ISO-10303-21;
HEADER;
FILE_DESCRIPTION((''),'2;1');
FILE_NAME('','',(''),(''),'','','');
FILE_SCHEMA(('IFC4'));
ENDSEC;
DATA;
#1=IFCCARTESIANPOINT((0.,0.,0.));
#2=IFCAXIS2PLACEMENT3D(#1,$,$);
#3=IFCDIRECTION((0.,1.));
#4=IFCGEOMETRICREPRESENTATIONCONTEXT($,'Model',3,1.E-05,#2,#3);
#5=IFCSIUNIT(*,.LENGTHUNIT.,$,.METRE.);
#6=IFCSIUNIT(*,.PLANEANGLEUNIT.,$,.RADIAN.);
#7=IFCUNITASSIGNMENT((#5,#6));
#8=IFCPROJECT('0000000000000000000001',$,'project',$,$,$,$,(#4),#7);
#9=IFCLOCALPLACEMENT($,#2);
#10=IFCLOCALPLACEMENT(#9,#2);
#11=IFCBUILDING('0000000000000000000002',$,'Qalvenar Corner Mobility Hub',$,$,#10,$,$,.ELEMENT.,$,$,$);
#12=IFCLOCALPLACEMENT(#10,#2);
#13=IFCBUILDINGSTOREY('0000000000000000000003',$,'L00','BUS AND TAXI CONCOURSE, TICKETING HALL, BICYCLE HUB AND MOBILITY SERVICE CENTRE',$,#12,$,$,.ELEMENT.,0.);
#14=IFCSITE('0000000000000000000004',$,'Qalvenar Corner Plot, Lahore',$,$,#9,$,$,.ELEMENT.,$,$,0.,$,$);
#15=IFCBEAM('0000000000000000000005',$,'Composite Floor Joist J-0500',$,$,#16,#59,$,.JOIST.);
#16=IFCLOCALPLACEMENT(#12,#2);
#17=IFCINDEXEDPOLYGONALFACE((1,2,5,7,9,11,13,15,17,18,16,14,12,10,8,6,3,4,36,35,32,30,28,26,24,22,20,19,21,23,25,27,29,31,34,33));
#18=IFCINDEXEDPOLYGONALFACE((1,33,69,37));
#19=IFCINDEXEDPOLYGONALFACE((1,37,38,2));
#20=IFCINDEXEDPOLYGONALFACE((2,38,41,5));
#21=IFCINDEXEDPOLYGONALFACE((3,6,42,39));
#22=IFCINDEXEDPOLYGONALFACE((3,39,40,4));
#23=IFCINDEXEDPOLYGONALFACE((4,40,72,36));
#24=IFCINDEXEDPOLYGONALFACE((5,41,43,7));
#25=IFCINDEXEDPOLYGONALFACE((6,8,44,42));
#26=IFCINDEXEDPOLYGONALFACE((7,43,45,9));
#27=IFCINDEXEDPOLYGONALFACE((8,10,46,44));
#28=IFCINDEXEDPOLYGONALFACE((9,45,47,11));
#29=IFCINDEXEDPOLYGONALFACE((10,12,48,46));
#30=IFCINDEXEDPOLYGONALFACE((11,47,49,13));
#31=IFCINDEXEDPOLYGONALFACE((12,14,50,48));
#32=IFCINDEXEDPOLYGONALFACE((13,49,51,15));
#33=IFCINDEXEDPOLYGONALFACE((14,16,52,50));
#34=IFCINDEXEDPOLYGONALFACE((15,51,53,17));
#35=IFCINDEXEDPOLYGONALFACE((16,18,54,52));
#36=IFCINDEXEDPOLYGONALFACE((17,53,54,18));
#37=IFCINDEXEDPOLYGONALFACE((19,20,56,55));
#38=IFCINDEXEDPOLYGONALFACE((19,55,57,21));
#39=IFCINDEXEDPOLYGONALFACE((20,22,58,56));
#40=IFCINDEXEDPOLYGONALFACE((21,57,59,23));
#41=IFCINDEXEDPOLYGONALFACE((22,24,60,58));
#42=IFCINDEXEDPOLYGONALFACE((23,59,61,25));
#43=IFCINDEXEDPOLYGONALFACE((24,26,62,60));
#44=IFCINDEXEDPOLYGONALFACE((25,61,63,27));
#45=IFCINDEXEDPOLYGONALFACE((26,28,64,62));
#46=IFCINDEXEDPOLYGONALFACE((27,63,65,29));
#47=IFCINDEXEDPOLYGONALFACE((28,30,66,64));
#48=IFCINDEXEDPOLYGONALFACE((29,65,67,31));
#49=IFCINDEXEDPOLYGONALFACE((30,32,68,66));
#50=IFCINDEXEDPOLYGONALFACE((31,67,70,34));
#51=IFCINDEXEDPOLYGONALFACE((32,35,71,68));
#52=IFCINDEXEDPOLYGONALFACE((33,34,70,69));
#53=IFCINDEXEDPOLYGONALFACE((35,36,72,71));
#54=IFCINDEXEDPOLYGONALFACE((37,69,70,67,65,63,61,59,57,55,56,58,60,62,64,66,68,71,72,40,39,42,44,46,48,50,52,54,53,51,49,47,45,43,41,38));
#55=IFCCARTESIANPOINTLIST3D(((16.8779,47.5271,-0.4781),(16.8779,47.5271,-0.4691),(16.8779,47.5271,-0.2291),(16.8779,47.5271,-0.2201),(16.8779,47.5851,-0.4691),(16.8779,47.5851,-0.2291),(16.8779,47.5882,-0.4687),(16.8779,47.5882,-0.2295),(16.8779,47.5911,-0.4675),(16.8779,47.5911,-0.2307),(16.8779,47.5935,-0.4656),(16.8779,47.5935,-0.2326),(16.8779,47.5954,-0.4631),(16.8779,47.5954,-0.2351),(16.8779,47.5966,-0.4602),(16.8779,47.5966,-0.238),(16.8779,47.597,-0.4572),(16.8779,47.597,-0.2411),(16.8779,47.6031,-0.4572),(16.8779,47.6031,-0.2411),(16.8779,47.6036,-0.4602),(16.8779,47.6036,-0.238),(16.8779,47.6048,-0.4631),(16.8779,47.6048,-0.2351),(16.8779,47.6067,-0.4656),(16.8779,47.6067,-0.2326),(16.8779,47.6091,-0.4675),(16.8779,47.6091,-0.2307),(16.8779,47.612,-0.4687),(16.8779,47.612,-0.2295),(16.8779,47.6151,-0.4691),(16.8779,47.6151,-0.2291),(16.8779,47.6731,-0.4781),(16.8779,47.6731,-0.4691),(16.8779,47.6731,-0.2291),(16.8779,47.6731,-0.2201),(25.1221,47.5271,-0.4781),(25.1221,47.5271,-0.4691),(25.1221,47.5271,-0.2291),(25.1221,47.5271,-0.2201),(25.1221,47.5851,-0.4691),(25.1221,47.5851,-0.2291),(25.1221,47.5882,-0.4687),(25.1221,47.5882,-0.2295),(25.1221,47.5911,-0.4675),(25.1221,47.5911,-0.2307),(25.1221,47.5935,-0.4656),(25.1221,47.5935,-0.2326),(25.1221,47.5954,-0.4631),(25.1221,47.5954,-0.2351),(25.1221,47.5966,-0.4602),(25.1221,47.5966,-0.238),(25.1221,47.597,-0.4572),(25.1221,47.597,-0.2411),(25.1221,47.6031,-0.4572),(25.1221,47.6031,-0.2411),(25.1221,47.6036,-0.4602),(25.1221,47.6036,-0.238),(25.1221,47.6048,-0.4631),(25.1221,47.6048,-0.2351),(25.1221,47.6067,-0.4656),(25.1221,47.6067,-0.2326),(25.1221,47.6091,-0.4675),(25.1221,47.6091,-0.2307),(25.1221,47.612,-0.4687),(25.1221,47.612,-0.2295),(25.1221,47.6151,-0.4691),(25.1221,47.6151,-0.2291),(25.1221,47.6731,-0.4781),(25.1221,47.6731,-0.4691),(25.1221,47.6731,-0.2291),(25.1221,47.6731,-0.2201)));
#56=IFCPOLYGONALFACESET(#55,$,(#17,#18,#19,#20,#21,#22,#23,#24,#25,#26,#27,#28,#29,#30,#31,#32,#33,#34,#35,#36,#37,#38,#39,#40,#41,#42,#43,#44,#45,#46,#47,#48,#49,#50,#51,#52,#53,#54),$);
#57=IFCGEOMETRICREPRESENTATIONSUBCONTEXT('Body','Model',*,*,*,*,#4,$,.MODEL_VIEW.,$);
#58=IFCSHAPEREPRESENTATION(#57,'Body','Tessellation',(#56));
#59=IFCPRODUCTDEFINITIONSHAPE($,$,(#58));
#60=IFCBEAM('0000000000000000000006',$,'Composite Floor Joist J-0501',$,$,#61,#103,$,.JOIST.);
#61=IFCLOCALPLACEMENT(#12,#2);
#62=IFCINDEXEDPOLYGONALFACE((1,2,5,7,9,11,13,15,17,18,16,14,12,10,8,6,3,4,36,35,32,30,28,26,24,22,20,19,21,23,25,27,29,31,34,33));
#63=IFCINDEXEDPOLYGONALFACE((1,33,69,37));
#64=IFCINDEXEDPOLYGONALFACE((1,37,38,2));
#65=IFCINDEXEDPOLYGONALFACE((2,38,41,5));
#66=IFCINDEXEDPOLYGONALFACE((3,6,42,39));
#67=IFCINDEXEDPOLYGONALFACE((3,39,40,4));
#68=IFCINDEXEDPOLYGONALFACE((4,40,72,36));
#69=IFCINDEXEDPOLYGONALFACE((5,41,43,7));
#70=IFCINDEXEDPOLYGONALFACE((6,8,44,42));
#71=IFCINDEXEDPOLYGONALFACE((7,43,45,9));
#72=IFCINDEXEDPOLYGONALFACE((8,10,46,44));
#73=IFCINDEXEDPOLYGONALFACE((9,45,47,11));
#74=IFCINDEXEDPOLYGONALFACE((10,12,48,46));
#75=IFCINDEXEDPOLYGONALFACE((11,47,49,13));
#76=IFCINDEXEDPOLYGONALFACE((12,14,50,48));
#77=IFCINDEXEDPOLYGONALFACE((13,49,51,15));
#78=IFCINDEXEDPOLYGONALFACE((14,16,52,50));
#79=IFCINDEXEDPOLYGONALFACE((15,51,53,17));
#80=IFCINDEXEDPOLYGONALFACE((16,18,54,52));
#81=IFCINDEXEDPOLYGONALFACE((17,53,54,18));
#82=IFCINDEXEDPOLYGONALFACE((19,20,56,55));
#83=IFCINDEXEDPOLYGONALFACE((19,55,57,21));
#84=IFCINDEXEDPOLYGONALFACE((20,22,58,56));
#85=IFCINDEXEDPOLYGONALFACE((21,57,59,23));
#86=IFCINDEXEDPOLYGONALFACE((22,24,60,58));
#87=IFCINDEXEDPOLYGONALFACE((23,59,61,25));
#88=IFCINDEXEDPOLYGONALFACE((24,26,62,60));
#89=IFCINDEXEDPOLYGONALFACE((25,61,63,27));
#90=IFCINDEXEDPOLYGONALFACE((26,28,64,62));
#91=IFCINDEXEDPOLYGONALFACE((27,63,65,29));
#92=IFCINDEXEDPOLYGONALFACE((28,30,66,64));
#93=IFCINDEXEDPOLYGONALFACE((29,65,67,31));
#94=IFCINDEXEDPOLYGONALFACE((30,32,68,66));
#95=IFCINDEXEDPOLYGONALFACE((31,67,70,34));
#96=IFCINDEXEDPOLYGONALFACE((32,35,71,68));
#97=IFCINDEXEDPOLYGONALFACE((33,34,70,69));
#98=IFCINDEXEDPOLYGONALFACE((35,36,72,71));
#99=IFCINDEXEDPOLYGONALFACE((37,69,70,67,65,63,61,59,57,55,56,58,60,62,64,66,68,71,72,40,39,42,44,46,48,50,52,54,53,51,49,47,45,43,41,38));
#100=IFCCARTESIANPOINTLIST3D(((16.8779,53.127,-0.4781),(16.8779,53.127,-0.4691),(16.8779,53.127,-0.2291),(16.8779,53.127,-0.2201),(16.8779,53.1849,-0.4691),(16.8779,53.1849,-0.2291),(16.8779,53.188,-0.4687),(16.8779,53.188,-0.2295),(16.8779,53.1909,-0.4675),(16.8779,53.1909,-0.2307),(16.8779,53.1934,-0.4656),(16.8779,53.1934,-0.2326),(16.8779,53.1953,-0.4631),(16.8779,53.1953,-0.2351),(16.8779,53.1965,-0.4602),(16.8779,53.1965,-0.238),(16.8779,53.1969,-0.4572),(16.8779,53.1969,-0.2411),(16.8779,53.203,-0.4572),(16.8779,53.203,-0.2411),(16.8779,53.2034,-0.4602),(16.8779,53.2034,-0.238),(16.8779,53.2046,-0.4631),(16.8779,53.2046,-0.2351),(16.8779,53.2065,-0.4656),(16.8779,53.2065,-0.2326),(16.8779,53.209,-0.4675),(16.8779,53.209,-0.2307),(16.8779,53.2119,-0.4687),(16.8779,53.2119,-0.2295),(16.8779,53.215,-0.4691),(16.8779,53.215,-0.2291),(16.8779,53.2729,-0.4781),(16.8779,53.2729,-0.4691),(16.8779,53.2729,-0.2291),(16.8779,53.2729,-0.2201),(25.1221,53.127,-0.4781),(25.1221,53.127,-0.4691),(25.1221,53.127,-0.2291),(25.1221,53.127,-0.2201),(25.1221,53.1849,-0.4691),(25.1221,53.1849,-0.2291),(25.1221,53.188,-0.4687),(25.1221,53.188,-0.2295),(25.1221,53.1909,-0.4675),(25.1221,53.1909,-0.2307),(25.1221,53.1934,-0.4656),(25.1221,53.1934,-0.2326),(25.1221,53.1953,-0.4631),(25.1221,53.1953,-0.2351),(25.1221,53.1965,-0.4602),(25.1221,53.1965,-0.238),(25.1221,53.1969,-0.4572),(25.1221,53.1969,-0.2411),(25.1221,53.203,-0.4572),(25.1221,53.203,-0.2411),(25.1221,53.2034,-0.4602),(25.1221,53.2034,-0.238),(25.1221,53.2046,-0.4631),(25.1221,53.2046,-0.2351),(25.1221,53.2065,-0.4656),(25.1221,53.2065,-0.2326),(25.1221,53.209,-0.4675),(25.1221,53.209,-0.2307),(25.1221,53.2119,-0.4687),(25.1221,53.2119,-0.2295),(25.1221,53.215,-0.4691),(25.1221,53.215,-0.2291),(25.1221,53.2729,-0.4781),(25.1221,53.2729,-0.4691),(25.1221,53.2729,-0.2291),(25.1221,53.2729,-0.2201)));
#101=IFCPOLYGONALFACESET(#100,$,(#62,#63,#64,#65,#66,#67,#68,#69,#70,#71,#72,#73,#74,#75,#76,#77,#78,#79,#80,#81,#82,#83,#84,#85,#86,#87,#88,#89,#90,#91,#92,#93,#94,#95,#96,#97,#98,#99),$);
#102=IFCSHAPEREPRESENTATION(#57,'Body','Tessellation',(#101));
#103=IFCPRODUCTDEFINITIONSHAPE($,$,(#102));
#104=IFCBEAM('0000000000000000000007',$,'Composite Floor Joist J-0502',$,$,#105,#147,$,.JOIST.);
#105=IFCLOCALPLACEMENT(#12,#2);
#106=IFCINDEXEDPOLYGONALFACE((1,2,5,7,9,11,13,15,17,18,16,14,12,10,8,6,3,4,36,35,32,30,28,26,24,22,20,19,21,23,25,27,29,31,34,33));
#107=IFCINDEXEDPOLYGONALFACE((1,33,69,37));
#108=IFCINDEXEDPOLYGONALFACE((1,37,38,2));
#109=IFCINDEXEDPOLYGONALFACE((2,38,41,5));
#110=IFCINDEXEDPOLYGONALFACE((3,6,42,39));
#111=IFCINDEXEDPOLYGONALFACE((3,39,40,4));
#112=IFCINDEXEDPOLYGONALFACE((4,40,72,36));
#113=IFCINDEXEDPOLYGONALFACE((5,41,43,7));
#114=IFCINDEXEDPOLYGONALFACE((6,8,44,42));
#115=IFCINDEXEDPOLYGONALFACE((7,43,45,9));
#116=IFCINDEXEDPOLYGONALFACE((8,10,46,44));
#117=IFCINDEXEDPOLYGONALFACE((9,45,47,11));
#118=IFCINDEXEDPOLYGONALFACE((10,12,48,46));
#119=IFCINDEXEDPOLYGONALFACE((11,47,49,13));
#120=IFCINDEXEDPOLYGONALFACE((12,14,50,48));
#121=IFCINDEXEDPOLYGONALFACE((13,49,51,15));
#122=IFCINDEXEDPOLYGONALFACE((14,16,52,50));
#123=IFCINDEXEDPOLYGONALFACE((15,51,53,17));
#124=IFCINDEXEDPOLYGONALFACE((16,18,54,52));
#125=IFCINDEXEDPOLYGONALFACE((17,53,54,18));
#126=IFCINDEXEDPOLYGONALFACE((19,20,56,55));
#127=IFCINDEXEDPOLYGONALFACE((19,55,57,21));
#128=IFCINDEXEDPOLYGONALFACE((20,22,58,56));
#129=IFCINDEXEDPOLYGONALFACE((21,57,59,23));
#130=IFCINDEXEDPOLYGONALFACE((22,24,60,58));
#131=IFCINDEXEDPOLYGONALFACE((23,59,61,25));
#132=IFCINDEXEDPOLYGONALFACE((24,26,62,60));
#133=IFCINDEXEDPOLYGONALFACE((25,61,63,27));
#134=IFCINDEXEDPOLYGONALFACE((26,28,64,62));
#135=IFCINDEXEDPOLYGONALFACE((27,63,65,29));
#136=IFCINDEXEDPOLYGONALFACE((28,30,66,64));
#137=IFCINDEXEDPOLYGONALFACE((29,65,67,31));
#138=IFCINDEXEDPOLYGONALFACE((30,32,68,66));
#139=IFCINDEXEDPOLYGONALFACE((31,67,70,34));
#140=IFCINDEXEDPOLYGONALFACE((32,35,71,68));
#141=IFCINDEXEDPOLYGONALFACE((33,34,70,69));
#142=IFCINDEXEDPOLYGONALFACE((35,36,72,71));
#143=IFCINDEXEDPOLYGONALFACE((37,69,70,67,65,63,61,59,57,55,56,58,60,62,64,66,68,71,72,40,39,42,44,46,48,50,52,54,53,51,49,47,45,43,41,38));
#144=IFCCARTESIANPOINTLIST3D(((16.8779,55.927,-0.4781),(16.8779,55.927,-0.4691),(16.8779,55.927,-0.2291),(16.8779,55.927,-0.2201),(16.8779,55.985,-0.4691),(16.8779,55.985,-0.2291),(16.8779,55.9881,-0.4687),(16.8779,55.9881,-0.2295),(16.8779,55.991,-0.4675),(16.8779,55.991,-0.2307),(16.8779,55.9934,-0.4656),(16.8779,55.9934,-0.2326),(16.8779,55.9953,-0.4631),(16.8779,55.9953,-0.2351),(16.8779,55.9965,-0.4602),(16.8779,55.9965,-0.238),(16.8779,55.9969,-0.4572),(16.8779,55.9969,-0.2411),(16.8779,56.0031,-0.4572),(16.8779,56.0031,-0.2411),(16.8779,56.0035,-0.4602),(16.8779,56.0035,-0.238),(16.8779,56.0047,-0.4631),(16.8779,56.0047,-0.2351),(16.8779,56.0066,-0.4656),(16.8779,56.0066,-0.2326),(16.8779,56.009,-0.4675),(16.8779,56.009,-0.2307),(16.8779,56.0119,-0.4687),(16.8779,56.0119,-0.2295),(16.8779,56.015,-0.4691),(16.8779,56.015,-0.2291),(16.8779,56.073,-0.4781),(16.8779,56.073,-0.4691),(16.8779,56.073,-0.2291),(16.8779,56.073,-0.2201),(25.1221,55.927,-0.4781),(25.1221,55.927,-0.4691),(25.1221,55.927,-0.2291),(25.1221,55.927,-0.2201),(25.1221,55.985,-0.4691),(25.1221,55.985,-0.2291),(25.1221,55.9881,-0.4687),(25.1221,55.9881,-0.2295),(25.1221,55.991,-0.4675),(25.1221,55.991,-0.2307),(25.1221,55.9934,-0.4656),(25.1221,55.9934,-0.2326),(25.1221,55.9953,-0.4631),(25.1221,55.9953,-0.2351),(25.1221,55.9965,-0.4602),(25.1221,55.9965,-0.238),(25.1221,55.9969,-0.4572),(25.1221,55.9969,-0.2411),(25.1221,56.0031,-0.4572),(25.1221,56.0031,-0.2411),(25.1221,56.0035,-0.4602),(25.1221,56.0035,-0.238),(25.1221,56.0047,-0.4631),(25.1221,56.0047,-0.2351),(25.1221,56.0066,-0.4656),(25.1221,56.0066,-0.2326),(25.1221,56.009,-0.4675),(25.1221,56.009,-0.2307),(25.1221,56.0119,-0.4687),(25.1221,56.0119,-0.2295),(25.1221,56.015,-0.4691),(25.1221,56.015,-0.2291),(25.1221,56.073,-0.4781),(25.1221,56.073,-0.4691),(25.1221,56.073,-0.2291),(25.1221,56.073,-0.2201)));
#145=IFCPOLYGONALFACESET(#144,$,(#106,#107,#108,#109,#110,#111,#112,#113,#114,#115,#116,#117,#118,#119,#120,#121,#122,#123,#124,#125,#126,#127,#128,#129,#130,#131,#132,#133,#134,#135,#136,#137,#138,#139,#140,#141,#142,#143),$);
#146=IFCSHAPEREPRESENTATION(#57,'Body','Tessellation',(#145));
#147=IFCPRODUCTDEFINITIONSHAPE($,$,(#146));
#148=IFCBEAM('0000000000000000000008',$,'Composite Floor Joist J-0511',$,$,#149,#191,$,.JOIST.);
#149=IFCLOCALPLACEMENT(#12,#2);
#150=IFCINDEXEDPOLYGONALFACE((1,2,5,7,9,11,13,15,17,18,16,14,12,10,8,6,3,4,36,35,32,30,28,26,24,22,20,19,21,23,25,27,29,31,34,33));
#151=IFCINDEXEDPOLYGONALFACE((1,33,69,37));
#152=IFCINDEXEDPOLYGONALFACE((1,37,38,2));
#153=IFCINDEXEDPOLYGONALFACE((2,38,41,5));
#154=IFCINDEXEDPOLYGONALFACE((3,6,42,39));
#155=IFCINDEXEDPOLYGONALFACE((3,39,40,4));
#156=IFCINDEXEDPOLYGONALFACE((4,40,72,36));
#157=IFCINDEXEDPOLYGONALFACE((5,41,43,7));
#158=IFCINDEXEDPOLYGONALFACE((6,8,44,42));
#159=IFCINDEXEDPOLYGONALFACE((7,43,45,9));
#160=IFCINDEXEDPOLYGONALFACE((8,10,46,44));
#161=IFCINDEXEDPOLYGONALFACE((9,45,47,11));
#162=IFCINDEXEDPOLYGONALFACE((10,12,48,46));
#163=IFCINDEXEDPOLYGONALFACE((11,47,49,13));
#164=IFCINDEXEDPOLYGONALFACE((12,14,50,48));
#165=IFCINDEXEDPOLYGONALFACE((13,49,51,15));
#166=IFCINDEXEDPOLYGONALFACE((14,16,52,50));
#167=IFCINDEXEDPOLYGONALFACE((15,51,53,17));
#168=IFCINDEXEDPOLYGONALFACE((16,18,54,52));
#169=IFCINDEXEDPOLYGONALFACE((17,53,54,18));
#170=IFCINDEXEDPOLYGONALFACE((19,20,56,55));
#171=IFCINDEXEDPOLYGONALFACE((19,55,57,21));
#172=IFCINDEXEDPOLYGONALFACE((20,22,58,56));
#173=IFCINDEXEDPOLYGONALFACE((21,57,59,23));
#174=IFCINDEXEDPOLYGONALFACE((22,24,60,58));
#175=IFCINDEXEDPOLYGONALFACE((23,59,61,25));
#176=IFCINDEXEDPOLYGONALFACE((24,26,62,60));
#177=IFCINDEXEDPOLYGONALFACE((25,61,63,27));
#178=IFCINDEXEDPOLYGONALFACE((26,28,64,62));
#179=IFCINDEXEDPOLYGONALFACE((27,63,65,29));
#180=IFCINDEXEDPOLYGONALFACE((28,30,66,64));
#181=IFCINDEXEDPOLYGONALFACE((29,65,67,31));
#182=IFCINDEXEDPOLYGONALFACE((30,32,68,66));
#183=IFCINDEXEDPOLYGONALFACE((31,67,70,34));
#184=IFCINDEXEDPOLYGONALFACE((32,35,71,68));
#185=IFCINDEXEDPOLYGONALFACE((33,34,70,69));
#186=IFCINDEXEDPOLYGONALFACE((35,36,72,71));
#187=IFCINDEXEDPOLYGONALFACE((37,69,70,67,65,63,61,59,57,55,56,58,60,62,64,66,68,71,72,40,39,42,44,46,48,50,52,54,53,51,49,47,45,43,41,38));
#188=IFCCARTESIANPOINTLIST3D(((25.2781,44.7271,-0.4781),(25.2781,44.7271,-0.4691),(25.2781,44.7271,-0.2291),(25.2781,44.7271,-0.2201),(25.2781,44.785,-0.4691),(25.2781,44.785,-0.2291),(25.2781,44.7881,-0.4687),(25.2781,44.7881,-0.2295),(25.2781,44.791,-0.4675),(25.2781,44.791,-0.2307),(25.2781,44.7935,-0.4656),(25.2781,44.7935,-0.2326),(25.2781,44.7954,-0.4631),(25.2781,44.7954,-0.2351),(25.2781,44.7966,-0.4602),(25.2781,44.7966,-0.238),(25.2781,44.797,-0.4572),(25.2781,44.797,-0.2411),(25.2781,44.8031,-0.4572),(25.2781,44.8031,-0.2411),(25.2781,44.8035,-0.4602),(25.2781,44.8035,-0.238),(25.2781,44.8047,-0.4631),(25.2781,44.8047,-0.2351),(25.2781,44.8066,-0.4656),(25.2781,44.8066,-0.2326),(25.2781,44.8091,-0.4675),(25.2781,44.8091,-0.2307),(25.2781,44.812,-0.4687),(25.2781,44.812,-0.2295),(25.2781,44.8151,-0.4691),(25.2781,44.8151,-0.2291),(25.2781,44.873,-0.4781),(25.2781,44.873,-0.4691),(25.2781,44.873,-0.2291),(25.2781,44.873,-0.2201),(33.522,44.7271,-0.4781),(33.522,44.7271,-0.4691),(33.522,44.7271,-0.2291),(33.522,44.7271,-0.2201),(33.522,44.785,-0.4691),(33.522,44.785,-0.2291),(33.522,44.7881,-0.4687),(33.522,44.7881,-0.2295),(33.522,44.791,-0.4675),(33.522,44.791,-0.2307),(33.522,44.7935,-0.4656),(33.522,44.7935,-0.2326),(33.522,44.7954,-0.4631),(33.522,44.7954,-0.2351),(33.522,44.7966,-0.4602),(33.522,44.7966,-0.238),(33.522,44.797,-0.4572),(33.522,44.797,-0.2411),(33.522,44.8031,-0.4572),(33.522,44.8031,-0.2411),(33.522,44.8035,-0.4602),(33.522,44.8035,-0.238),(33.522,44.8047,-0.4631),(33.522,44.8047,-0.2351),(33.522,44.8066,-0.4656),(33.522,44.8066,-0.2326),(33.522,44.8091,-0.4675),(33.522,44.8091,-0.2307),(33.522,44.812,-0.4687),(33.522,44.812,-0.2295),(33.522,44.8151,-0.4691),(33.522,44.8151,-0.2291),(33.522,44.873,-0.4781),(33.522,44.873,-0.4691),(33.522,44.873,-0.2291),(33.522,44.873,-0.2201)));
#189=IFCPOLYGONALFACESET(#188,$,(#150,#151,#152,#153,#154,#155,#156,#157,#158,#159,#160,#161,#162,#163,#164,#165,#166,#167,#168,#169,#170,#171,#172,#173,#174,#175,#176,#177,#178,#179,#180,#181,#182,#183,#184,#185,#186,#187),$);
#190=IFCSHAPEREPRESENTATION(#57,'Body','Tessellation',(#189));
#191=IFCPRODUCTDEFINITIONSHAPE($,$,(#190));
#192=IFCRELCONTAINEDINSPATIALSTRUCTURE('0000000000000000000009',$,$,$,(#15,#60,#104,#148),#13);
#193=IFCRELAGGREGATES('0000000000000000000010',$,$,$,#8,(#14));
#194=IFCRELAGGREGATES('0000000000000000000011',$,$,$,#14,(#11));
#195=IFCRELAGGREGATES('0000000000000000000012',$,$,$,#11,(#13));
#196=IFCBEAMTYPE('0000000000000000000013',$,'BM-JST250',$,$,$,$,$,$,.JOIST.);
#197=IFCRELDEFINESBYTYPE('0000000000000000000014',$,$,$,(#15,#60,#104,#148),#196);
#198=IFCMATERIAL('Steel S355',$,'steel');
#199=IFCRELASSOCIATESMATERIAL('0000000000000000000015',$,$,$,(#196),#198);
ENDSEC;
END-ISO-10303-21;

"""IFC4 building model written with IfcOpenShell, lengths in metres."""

from ifc_helpers import new_model, si_unit, direction, frame, origin, origin_2d, place, context, subcontext, project, spatial, i_section, extrude, material, material_profile, profile_set, type_object, element, save


model = new_model("IFC4")

# Units and contexts
model_context = context("Model", 3, precision=1e-05, world=origin(), true_north=direction((0.0, 1.0)))
body_context = subcontext(model_context, "Body", "Model", "MODEL_VIEW")
ifc_project = project(units=[si_unit("LENGTHUNIT", "METRE"), si_unit("PLANEANGLEUNIT", "RADIAN")], contexts=[model_context])

# Site, building, storey
site_placement = place(None, origin())
site = spatial("IfcSite", under=ifc_project, at=site_placement, Name="Qalvenar Corner Plot, Lahore", CompositionType="ELEMENT", RefElevation=0.0)
building_placement = place(site_placement, origin())
building = spatial("IfcBuilding", under=site, at=building_placement, Name="Qalvenar Corner Mobility Hub", CompositionType="ELEMENT")
storey_placement = place(building_placement, origin())
storey = spatial("IfcBuildingStorey", under=building, at=storey_placement, Name="L00", Description="BUS AND TAXI CONCOURSE, TICKETING HALL, BICYCLE HUB AND MOBILITY SERVICE CENTRE", CompositionType="ELEMENT", Elevation=0.0)

# Shared definitions
ifc_material_1 = material(Name="Steel S355", Category="steel")

# Beams
ifc_material_profile_1 = material_profile(ifc_material_1, i_section(OverallWidth=0.146, OverallDepth=0.2581, WebThickness=0.0061, FlangeThickness=0.009, FilletRadius=0.012, at=origin_2d()), Name="W250x32.7")
ifc_profile_set_1 = profile_set([ifc_material_profile_1], Name="Steel S355")
beam_type_1 = type_object("IfcBeamType", Name="BM-JST250", PredefinedType="JOIST", material=ifc_profile_set_1)
for number, where, z_axis, x_axis, name in (
    (1, (16.8779, 47.6001, -0.3491), (1.0, 0.0, 0.0), (0.0, 1.0, 0.0), "Composite Floor Joist J-0500"),
    (2, (16.8779, 53.2, -0.3491), (1.0, 0.0, 0.0), (0.0, 1.0, 0.0), "Composite Floor Joist J-0501"),
    (3, (16.8779, 56.0, -0.3491), (1.0, 0.0, 0.0), (0.0, 1.0, 0.0), "Composite Floor Joist J-0502"),
):
    element("IfcBeam", number, at=place(storey_placement, frame(where, z_axis=z_axis, x_axis=x_axis)), inside=storey, type_object=beam_type_1, Name=name, PredefinedType="JOIST", context=body_context, shape_type="SweptSolid", body=[
        extrude(i_section(OverallWidth=0.146, OverallDepth=0.2581, WebThickness=0.0061, FlangeThickness=0.009, FilletRadius=0.012, at=origin_2d()), origin(), (0.0, 0.0, 1.0), 8.2441),
    ])
for number, where, z_axis, x_axis, name in (
    (4, (25.2781, 44.8, -0.3491), (1.0, 0.0, 0.0), (0.0, 1.0, 0.0), "Composite Floor Joist J-0511"),
):
    element("IfcBeam", number, at=place(storey_placement, frame(where, z_axis=z_axis, x_axis=x_axis)), inside=storey, type_object=beam_type_1, Name=name, PredefinedType="JOIST", context=body_context, shape_type="SweptSolid", body=[
        extrude(i_section(OverallWidth=0.146, OverallDepth=0.2581, WebThickness=0.0061, FlangeThickness=0.009, FilletRadius=0.012, at=origin_2d()), origin(), (0.0, 0.0, 1.0), 8.2439),
    ])

save(model, "model.ifc")
